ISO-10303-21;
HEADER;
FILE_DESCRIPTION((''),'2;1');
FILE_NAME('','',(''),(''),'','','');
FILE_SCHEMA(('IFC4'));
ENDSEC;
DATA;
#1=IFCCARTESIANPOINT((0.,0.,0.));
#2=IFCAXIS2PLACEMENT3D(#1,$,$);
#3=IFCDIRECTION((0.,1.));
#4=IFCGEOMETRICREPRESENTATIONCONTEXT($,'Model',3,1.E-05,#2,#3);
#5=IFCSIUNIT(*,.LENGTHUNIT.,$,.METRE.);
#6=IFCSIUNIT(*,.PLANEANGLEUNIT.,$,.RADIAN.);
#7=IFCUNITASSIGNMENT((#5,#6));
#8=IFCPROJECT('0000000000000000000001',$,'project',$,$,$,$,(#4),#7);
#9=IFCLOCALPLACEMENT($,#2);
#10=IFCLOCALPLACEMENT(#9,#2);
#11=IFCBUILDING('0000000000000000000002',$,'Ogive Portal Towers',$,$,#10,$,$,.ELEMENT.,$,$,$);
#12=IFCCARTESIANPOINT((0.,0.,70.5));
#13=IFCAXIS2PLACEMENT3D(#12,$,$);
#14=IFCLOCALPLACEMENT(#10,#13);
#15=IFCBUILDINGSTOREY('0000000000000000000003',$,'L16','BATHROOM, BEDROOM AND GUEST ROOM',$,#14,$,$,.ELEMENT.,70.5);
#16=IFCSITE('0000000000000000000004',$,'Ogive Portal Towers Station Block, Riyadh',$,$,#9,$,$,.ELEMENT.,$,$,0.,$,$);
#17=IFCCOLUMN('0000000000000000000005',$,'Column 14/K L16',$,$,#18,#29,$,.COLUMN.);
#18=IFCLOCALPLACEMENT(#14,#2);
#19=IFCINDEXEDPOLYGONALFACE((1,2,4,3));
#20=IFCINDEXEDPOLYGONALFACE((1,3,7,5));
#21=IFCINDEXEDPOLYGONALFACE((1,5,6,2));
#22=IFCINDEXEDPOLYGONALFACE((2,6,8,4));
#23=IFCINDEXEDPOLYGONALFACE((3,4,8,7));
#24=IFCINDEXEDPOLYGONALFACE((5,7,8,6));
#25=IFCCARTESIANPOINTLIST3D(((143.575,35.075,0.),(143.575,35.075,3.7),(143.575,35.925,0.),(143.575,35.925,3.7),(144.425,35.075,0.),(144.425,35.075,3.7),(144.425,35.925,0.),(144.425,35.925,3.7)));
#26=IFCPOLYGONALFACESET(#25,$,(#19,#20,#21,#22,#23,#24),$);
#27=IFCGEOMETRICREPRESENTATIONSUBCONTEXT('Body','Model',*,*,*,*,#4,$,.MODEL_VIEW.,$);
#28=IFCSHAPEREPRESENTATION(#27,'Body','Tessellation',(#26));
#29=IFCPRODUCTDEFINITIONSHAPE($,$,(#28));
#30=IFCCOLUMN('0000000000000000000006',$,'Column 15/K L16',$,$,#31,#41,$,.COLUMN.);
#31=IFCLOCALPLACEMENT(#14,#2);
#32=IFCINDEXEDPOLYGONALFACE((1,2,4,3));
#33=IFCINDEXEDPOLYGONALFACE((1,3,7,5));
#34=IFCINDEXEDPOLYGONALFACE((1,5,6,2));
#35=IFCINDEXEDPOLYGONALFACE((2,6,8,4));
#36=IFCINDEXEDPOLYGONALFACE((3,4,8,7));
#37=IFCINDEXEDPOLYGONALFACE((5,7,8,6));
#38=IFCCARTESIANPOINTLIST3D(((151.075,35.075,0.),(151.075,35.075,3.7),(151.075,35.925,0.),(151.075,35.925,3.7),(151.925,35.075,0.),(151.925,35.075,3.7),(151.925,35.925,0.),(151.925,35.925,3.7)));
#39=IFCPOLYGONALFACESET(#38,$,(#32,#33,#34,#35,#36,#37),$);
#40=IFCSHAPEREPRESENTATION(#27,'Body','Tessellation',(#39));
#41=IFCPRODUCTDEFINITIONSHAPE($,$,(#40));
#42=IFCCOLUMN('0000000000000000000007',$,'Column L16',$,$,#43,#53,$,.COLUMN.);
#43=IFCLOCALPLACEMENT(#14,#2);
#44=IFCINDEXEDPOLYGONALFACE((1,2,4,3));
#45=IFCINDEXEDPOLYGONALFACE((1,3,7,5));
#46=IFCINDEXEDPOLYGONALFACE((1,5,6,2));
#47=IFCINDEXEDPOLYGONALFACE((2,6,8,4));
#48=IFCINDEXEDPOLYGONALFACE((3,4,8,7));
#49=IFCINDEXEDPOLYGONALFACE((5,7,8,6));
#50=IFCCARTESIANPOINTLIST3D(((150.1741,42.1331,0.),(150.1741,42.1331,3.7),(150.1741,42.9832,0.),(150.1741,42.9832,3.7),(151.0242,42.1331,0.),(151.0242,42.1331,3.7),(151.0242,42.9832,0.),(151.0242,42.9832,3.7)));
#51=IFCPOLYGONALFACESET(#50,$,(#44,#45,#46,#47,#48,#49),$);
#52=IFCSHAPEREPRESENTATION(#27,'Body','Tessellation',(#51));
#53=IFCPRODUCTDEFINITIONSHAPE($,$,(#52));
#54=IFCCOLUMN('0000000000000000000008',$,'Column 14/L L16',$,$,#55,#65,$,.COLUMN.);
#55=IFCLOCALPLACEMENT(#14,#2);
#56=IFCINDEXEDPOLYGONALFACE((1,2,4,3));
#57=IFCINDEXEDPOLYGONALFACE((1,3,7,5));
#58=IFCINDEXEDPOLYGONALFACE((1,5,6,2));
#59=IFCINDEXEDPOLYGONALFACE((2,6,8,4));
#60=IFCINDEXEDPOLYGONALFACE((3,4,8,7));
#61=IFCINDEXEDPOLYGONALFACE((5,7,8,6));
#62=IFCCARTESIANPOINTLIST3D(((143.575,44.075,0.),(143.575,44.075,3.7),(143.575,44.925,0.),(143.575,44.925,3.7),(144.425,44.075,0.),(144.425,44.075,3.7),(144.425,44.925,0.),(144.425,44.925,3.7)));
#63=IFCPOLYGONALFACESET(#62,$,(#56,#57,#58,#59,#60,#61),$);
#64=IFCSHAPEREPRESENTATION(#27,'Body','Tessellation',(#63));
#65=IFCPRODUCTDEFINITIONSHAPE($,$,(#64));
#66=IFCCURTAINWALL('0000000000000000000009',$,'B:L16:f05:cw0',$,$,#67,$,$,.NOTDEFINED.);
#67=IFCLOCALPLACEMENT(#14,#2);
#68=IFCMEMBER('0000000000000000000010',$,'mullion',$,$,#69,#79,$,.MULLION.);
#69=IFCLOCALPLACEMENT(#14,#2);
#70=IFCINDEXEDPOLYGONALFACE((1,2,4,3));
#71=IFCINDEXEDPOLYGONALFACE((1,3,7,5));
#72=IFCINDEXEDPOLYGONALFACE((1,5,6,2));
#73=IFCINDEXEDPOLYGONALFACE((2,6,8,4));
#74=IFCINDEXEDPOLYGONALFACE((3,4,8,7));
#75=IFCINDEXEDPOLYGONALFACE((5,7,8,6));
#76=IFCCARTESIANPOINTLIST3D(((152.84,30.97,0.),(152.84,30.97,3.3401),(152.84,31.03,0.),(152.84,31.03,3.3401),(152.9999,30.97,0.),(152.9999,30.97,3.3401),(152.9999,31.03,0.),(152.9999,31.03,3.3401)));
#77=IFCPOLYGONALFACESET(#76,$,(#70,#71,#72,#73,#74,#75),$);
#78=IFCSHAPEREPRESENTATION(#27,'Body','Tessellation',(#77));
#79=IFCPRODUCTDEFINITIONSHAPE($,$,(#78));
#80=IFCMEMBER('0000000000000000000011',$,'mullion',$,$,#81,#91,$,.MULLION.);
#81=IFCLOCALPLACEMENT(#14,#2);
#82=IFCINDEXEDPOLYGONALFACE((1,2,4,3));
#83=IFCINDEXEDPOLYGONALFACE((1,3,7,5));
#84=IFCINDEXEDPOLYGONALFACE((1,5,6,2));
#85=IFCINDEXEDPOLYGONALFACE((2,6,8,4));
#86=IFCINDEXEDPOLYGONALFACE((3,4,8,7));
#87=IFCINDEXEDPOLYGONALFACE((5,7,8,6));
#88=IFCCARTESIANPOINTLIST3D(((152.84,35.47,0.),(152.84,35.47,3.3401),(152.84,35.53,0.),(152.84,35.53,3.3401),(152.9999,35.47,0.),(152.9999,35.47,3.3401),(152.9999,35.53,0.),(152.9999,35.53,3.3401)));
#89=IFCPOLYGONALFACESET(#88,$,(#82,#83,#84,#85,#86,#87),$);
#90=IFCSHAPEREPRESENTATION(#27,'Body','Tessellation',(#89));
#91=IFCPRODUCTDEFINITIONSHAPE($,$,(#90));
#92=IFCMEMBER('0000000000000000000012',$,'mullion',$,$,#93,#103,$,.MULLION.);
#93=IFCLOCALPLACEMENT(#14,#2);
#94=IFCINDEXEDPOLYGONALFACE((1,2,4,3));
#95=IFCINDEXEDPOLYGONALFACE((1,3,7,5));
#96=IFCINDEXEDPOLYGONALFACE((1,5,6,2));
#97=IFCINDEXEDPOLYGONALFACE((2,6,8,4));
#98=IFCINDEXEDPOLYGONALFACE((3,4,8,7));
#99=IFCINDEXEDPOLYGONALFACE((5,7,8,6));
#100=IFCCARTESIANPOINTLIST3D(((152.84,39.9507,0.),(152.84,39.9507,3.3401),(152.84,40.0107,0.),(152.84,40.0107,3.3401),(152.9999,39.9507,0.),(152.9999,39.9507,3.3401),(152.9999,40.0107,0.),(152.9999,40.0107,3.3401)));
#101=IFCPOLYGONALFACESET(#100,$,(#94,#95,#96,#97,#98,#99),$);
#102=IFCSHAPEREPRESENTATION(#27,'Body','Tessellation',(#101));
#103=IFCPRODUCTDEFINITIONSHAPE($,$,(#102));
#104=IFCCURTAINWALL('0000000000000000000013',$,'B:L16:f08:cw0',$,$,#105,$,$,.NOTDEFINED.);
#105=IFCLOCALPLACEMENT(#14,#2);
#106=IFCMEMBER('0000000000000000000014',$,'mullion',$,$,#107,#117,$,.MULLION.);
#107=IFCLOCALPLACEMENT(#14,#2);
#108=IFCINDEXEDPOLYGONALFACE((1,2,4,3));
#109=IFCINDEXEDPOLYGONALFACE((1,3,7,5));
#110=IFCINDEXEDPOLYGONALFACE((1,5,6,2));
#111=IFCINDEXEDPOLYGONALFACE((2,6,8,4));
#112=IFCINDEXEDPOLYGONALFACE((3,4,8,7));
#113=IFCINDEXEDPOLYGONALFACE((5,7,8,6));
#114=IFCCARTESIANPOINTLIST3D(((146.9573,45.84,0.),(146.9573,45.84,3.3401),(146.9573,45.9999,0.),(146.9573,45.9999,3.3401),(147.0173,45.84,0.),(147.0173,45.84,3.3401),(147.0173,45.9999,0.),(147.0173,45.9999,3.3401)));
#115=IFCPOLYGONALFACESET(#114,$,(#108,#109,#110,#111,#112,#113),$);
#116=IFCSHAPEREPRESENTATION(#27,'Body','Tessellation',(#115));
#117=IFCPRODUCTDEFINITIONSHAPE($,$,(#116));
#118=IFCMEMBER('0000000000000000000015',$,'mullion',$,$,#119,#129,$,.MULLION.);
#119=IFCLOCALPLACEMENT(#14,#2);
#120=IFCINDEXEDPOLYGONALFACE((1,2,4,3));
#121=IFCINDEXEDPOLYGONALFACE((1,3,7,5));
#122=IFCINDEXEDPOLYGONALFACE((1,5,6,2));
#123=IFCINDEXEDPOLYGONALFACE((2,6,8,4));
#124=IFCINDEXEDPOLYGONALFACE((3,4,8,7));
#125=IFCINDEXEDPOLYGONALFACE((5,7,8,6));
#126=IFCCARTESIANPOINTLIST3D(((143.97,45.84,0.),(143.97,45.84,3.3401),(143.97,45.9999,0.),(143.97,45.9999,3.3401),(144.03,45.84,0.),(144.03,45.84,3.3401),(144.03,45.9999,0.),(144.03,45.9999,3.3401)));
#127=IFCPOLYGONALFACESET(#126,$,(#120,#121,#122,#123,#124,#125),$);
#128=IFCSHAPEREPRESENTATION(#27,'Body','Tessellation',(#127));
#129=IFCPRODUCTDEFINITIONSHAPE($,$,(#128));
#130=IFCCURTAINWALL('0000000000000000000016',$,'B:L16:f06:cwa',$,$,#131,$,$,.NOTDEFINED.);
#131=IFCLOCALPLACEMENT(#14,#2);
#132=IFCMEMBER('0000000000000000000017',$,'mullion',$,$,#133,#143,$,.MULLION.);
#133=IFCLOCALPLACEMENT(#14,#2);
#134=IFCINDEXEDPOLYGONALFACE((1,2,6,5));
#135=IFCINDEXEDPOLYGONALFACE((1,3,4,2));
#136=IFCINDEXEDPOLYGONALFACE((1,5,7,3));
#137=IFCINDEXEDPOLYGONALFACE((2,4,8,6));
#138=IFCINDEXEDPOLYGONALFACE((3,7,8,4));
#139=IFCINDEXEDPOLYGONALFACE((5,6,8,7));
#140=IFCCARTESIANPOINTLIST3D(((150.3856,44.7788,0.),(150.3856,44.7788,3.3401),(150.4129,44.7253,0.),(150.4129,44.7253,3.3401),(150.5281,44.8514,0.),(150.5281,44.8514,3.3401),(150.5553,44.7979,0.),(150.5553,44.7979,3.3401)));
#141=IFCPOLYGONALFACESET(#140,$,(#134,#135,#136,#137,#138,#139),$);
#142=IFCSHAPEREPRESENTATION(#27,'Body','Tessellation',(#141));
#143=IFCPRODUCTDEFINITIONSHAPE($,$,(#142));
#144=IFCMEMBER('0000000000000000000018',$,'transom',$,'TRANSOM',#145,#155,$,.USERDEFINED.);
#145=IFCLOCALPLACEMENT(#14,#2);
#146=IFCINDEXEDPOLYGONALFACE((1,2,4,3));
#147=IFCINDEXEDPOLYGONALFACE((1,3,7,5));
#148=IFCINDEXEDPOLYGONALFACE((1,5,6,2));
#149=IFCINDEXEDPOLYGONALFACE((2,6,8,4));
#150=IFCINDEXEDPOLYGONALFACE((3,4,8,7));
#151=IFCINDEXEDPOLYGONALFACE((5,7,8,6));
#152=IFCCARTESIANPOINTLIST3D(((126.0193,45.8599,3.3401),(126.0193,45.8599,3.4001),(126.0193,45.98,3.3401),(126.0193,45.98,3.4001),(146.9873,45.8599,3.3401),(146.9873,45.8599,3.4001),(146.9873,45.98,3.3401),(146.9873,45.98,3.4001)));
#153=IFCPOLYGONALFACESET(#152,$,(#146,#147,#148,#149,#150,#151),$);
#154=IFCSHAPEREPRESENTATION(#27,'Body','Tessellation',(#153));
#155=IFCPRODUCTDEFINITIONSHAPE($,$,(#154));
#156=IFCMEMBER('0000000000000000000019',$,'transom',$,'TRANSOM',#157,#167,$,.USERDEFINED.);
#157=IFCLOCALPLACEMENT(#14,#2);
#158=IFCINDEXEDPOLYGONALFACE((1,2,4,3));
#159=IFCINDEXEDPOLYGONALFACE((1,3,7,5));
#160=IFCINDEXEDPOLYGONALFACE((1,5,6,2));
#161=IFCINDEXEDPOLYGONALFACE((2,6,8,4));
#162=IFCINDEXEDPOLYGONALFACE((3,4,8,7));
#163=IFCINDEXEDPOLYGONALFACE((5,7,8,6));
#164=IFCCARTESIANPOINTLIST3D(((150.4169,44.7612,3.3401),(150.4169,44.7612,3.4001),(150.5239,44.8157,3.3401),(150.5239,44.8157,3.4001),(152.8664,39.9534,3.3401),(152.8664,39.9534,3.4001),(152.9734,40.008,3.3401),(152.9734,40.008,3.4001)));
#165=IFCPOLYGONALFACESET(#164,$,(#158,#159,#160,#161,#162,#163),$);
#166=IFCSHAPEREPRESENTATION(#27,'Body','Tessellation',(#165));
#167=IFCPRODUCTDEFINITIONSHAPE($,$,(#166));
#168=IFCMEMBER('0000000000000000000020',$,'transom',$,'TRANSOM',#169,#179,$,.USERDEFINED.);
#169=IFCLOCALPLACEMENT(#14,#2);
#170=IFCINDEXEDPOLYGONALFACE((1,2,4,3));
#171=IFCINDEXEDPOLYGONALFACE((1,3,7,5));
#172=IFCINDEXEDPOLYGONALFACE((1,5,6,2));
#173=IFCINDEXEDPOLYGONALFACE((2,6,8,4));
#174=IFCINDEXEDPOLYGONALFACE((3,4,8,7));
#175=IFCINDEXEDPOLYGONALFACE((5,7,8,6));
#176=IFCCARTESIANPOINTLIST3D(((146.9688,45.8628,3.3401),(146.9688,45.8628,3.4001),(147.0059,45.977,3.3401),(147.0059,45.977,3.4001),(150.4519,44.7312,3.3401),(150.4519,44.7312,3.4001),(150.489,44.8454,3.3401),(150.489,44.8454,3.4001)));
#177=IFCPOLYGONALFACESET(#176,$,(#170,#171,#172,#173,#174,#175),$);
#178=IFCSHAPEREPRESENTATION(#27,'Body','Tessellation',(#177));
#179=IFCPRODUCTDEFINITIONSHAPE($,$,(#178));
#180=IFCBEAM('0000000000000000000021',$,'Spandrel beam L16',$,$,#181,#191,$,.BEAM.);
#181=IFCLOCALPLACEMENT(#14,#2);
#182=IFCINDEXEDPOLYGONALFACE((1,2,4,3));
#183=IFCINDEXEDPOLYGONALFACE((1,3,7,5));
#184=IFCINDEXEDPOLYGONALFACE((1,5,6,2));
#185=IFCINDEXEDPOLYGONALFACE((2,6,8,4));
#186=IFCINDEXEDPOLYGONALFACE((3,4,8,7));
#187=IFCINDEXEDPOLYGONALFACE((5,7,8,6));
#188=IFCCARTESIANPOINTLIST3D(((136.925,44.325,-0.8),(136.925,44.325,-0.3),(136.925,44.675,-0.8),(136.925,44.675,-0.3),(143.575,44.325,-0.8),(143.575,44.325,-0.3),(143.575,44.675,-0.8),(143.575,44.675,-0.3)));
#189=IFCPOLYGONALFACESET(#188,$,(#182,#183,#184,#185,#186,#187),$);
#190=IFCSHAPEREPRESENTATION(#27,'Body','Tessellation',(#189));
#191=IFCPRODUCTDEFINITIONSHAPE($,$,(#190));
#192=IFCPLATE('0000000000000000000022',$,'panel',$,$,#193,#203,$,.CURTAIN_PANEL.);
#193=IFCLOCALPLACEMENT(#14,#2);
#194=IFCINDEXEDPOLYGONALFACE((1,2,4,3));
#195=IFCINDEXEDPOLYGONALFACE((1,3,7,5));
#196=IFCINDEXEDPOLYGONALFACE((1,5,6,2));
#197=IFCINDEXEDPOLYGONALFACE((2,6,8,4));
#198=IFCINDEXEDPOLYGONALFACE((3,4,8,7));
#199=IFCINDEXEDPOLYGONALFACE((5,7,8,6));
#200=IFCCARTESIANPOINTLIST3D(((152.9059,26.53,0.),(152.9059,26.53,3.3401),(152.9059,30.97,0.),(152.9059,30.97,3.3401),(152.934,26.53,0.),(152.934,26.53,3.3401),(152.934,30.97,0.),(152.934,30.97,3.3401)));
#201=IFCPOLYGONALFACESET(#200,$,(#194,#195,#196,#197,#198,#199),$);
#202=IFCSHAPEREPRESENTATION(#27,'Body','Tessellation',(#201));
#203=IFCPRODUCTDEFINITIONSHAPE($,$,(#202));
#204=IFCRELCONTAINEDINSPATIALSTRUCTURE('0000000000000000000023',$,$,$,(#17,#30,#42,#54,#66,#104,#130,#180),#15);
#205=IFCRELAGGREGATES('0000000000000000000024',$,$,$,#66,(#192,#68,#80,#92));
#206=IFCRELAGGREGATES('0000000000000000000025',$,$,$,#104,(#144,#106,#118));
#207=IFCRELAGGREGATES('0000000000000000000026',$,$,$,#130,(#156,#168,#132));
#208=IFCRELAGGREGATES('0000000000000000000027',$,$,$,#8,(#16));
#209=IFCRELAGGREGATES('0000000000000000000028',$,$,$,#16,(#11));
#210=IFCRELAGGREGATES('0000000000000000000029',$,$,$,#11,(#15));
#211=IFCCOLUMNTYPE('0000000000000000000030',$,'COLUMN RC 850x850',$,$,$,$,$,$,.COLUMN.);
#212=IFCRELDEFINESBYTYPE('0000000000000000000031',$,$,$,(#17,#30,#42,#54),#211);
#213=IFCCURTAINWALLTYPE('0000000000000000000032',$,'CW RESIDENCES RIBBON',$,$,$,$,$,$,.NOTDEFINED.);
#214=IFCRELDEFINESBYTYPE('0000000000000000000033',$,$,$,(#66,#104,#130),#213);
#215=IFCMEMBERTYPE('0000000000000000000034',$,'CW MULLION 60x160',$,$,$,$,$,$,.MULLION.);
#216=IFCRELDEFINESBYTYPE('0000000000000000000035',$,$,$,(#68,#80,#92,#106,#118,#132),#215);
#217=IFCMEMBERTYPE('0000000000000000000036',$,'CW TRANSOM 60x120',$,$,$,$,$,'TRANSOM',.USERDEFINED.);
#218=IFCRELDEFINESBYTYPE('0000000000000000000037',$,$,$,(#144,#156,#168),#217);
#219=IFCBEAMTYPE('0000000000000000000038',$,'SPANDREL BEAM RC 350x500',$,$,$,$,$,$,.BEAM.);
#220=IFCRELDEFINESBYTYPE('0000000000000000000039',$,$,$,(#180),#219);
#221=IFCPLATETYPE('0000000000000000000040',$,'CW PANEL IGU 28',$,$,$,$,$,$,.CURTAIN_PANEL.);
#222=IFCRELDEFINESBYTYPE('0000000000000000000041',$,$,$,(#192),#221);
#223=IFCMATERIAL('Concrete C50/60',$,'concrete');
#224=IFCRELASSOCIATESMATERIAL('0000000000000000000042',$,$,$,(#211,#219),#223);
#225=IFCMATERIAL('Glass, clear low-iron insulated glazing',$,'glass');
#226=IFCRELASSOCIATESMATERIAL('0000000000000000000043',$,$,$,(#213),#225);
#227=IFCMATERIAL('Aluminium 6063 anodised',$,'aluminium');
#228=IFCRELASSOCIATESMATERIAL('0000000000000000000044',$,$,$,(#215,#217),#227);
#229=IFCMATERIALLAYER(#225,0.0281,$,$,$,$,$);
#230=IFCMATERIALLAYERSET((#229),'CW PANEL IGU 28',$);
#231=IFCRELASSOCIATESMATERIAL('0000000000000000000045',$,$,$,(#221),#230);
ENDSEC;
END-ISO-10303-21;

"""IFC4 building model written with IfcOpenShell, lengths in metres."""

from ifc_helpers import new_model, si_unit, direction, frame, origin, origin_2d, place, context, subcontext, project, spatial, rectangle, extrude, material, layer, layer_set, material_profile, profile_set, type_object, element, aggregate, save


model = new_model("IFC4")

# Units and contexts
model_context = context("Model", 3, precision=1e-05, world=origin(), true_north=direction((0.0, 1.0)))
body_context = subcontext(model_context, "Body", "Model", "MODEL_VIEW")
ifc_project = project(units=[si_unit("LENGTHUNIT", "METRE"), si_unit("PLANEANGLEUNIT", "RADIAN")], contexts=[model_context])

# Site, building, storey
site_placement = place(None, origin())
site = spatial("IfcSite", under=ifc_project, at=site_placement, Name="Ogive Portal Towers Station Block, Riyadh", CompositionType="ELEMENT", RefElevation=0.0)
building_placement = place(site_placement, origin())
building = spatial("IfcBuilding", under=site, at=building_placement, Name="Ogive Portal Towers", CompositionType="ELEMENT")
storey_placement = place(building_placement, frame((0.0, 0.0, 70.5)))
storey = spatial("IfcBuildingStorey", under=building, at=storey_placement, Name="L16", Description="BATHROOM, BEDROOM AND GUEST ROOM", CompositionType="ELEMENT", Elevation=70.5)

# Columns
ifc_material_1 = material(Name="Concrete C50/60", Category="concrete")
ifc_material_profile_1 = material_profile(ifc_material_1, rectangle(XDim=0.8501, YDim=0.8501, at=origin_2d()), Name="RC 850x850")
ifc_profile_set_1 = profile_set([ifc_material_profile_1], Name="Concrete C50/60")
column_type = type_object("IfcColumnType", Name="COLUMN RC 850x850", PredefinedType="COLUMN", material=ifc_profile_set_1)
for number, where, z_axis, x_axis, name in (
    (1, (144.0, 35.5, 0.0), (0.0, 0.0, 1.0), (1.0, 0.0, 0.0), "Column 14/K L16"),
    (2, (151.5, 35.5, 0.0), (0.0, 0.0, 1.0), (1.0, 0.0, 0.0), "Column 15/K L16"),
    (3, (150.5991, 42.5581, 0.0), (0.0, 0.0, 1.0), (1.0, 0.0, 0.0), "Column L16"),
    (4, (144.0, 44.5, 0.0), (0.0, 0.0, 1.0), (1.0, 0.0, 0.0), "Column 14/L L16"),
):
    element("IfcColumn", number, at=place(storey_placement, frame(where, z_axis=z_axis, x_axis=x_axis)), inside=storey, type_object=column_type, Name=name, PredefinedType="COLUMN", context=body_context, shape_type="SweptSolid", body=[
        extrude(rectangle(XDim=0.8501, YDim=0.8501, at=origin_2d()), origin(), (0.0, 0.0, 1.0), 3.7),
    ])

# Curtain walls, members
ifc_material_2 = material(Name="Glass, clear low-iron insulated glazing", Category="glass")
curtain_wall_type = type_object("IfcCurtainWallType", Name="CW RESIDENCES RIBBON", PredefinedType="NOTDEFINED", material=ifc_material_2)
curtain_wall_1_placement = place(storey_placement, origin())
curtain_wall_1 = element("IfcCurtainWall", 5, at=curtain_wall_1_placement, inside=storey, type_object=curtain_wall_type, Name="B:L16:f05:cw0", PredefinedType="NOTDEFINED")
ifc_material_3 = material(Name="Aluminium 6063 anodised", Category="aluminium")
ifc_material_profile_2 = material_profile(ifc_material_3, rectangle(XDim=0.1599, YDim=0.0601, at=origin_2d()), Name="AL 60x160")
ifc_profile_set_2 = profile_set([ifc_material_profile_2], Name="Aluminium 6063 anodised")
member_type_1 = type_object("IfcMemberType", Name="CW MULLION 60x160", PredefinedType="MULLION", material=ifc_profile_set_2)
member_1_placement = place(storey_placement, frame((152.9199, 31.0, 0.0), z_axis=(0.0, 0.0, 1.0), x_axis=(-1.0, 0.0, 0.0)))
member_1 = element("IfcMember", 6, at=member_1_placement, type_object=member_type_1, Name="mullion", PredefinedType="MULLION", context=body_context, shape_type="SweptSolid", body=[
    extrude(rectangle(XDim=0.1599, YDim=0.0601, at=origin_2d()), origin(), (0.0, 0.0, 1.0), 3.3401),
])
member_2_placement = place(storey_placement, frame((152.9199, 35.5, 0.0), z_axis=(0.0, 0.0, 1.0), x_axis=(-1.0, 0.0, 0.0)))
member_2 = element("IfcMember", 7, at=member_2_placement, type_object=member_type_1, Name="mullion", PredefinedType="MULLION", context=body_context, shape_type="SweptSolid", body=[
    extrude(rectangle(XDim=0.1599, YDim=0.0601, at=origin_2d()), origin(), (0.0, 0.0, 1.0), 3.3401),
])
member_3_placement = place(storey_placement, frame((152.9199, 39.9807, 0.0), z_axis=(0.0, 0.0, 1.0), x_axis=(-1.0, 0.0, 0.0)))
member_3 = element("IfcMember", 8, at=member_3_placement, type_object=member_type_1, Name="mullion", PredefinedType="MULLION", context=body_context, shape_type="SweptSolid", body=[
    extrude(rectangle(XDim=0.1599, YDim=0.0601, at=origin_2d()), origin(), (0.0, 0.0, 1.0), 3.3401),
])
curtain_wall_2_placement = place(storey_placement, origin())
curtain_wall_2 = element("IfcCurtainWall", 9, at=curtain_wall_2_placement, inside=storey, type_object=curtain_wall_type, Name="B:L16:f08:cw0", PredefinedType="NOTDEFINED")
member_4_placement = place(storey_placement, frame((146.9873, 45.9199, 0.0), z_axis=(0.0, 0.0, 1.0), x_axis=(0.0, -1.0, 0.0)))
member_4 = element("IfcMember", 10, at=member_4_placement, type_object=member_type_1, Name="mullion", PredefinedType="MULLION", context=body_context, shape_type="SweptSolid", body=[
    extrude(rectangle(XDim=0.1599, YDim=0.0601, at=origin_2d()), origin(), (0.0, 0.0, 1.0), 3.3401),
])
member_5_placement = place(storey_placement, frame((144.0, 45.9199, 0.0), z_axis=(0.0, 0.0, 1.0), x_axis=(0.0, -1.0, 0.0)))
member_5 = element("IfcMember", 11, at=member_5_placement, type_object=member_type_1, Name="mullion", PredefinedType="MULLION", context=body_context, shape_type="SweptSolid", body=[
    extrude(rectangle(XDim=0.1599, YDim=0.0601, at=origin_2d()), origin(), (0.0, 0.0, 1.0), 3.3401),
])

# Curtain wall, member
curtain_wall_3_placement = place(storey_placement, origin())
curtain_wall_3 = element("IfcCurtainWall", 12, at=curtain_wall_3_placement, inside=storey, type_object=curtain_wall_type, Name="B:L16:f06:cwa", PredefinedType="NOTDEFINED")
member_6_placement = place(storey_placement, frame((150.4705, 44.7883, 0.0), z_axis=(0.0, 0.0, 1.0), x_axis=(-0.891007, -0.45399, 0.0)))
member_6 = element("IfcMember", 13, at=member_6_placement, type_object=member_type_1, Name="mullion", PredefinedType="MULLION", context=body_context, shape_type="SweptSolid", body=[
    extrude(rectangle(XDim=0.1599, YDim=0.0601, at=origin_2d()), origin(), (0.0, 0.0, 1.0), 3.3401),
])

# Members
ifc_material_profile_3 = material_profile(ifc_material_3, rectangle(XDim=0.1201, YDim=0.0601, at=origin_2d()), Name="AL 120x60")
ifc_profile_set_3 = profile_set([ifc_material_profile_3], Name="Aluminium 6063 anodised")
member_type_2 = type_object("IfcMemberType", Name="CW TRANSOM 60x120", ElementType="TRANSOM", PredefinedType="USERDEFINED", material=ifc_profile_set_3)
member_7_placement = place(storey_placement, frame((146.9873, 45.9199, 3.3701), z_axis=(-1.0, 0.0, 0.0), x_axis=(0.0, -1.0, 0.0)))
member_7 = element("IfcMember", 14, at=member_7_placement, type_object=member_type_2, Name="transom", ObjectType="TRANSOM", PredefinedType="USERDEFINED", context=body_context, shape_type="SweptSolid", body=[
    extrude(rectangle(XDim=0.1201, YDim=0.0601, at=origin_2d()), origin(), (0.0, 0.0, 1.0), 20.968),
])
member_8_placement = place(storey_placement, frame((152.9199, 39.9807, 3.3701), z_axis=(-0.45397, 0.891017, 0.0), x_axis=(-0.891017, -0.45397, 0.0)))
member_8 = element("IfcMember", 15, at=member_8_placement, type_object=member_type_2, Name="transom", ObjectType="TRANSOM", PredefinedType="USERDEFINED", context=body_context, shape_type="SweptSolid", body=[
    extrude(rectangle(XDim=0.1201, YDim=0.0601, at=origin_2d()), origin(), (0.0, 0.0, 1.0), 5.3958),
])
member_9_placement = place(storey_placement, frame((150.4705, 44.7883, 3.3701), z_axis=(-0.951069, 0.308979, 0.0), x_axis=(-0.308979, -0.951069, 0.0)))
member_9 = element("IfcMember", 16, at=member_9_placement, type_object=member_type_2, Name="transom", ObjectType="TRANSOM", PredefinedType="USERDEFINED", context=body_context, shape_type="SweptSolid", body=[
    extrude(rectangle(XDim=0.1201, YDim=0.0601, at=origin_2d()), origin(), (0.0, 0.0, 1.0), 3.6624),
])

# Beam
ifc_material_profile_4 = material_profile(ifc_material_1, rectangle(XDim=0.3501, YDim=0.5, at=origin_2d()), Name="RC 350x500")
ifc_profile_set_4 = profile_set([ifc_material_profile_4], Name="Concrete C50/60")
beam_type = type_object("IfcBeamType", Name="SPANDREL BEAM RC 350x500", PredefinedType="BEAM", material=ifc_profile_set_4)
beam_placement = place(storey_placement, frame((143.575, 44.5, -0.55), z_axis=(-1.0, 0.0, 0.0), x_axis=(0.0, -1.0, 0.0)))
element("IfcBeam", 17, at=beam_placement, inside=storey, type_object=beam_type, Name="Spandrel beam L16", PredefinedType="BEAM", context=body_context, shape_type="SweptSolid", body=[
    extrude(rectangle(XDim=0.3501, YDim=0.5, at=origin_2d()), origin(), (0.0, 0.0, 1.0), 6.6499),
])

# Plate
ifc_layer_1 = layer(ifc_material_2, 0.0281)
ifc_layer_set_1 = layer_set([ifc_layer_1], Name="CW PANEL IGU 28")
plate_type = type_object("IfcPlateType", Name="CW PANEL IGU 28", PredefinedType="CURTAIN_PANEL", material=ifc_layer_set_1)
plate_1_placement = place(storey_placement, frame((152.9199, 28.75, 0.0), z_axis=(0.0, 0.0, 1.0), x_axis=(0.0, 1.0, 0.0)))
plate_1 = element("IfcPlate", 18, at=plate_1_placement, type_object=plate_type, Name="panel", PredefinedType="CURTAIN_PANEL", context=body_context, shape_type="SweptSolid", body=[
    extrude(rectangle(XDim=4.4399, YDim=0.0281, at=origin_2d()), origin(), (0.0, 0.0, 1.0), 3.3401),
])
aggregate(curtain_wall_1, [plate_1, member_1, member_2, member_3])
aggregate(curtain_wall_2, [member_7, member_4, member_5])
aggregate(curtain_wall_3, [member_8, member_9, member_6])

save(model, "model.ifc")
